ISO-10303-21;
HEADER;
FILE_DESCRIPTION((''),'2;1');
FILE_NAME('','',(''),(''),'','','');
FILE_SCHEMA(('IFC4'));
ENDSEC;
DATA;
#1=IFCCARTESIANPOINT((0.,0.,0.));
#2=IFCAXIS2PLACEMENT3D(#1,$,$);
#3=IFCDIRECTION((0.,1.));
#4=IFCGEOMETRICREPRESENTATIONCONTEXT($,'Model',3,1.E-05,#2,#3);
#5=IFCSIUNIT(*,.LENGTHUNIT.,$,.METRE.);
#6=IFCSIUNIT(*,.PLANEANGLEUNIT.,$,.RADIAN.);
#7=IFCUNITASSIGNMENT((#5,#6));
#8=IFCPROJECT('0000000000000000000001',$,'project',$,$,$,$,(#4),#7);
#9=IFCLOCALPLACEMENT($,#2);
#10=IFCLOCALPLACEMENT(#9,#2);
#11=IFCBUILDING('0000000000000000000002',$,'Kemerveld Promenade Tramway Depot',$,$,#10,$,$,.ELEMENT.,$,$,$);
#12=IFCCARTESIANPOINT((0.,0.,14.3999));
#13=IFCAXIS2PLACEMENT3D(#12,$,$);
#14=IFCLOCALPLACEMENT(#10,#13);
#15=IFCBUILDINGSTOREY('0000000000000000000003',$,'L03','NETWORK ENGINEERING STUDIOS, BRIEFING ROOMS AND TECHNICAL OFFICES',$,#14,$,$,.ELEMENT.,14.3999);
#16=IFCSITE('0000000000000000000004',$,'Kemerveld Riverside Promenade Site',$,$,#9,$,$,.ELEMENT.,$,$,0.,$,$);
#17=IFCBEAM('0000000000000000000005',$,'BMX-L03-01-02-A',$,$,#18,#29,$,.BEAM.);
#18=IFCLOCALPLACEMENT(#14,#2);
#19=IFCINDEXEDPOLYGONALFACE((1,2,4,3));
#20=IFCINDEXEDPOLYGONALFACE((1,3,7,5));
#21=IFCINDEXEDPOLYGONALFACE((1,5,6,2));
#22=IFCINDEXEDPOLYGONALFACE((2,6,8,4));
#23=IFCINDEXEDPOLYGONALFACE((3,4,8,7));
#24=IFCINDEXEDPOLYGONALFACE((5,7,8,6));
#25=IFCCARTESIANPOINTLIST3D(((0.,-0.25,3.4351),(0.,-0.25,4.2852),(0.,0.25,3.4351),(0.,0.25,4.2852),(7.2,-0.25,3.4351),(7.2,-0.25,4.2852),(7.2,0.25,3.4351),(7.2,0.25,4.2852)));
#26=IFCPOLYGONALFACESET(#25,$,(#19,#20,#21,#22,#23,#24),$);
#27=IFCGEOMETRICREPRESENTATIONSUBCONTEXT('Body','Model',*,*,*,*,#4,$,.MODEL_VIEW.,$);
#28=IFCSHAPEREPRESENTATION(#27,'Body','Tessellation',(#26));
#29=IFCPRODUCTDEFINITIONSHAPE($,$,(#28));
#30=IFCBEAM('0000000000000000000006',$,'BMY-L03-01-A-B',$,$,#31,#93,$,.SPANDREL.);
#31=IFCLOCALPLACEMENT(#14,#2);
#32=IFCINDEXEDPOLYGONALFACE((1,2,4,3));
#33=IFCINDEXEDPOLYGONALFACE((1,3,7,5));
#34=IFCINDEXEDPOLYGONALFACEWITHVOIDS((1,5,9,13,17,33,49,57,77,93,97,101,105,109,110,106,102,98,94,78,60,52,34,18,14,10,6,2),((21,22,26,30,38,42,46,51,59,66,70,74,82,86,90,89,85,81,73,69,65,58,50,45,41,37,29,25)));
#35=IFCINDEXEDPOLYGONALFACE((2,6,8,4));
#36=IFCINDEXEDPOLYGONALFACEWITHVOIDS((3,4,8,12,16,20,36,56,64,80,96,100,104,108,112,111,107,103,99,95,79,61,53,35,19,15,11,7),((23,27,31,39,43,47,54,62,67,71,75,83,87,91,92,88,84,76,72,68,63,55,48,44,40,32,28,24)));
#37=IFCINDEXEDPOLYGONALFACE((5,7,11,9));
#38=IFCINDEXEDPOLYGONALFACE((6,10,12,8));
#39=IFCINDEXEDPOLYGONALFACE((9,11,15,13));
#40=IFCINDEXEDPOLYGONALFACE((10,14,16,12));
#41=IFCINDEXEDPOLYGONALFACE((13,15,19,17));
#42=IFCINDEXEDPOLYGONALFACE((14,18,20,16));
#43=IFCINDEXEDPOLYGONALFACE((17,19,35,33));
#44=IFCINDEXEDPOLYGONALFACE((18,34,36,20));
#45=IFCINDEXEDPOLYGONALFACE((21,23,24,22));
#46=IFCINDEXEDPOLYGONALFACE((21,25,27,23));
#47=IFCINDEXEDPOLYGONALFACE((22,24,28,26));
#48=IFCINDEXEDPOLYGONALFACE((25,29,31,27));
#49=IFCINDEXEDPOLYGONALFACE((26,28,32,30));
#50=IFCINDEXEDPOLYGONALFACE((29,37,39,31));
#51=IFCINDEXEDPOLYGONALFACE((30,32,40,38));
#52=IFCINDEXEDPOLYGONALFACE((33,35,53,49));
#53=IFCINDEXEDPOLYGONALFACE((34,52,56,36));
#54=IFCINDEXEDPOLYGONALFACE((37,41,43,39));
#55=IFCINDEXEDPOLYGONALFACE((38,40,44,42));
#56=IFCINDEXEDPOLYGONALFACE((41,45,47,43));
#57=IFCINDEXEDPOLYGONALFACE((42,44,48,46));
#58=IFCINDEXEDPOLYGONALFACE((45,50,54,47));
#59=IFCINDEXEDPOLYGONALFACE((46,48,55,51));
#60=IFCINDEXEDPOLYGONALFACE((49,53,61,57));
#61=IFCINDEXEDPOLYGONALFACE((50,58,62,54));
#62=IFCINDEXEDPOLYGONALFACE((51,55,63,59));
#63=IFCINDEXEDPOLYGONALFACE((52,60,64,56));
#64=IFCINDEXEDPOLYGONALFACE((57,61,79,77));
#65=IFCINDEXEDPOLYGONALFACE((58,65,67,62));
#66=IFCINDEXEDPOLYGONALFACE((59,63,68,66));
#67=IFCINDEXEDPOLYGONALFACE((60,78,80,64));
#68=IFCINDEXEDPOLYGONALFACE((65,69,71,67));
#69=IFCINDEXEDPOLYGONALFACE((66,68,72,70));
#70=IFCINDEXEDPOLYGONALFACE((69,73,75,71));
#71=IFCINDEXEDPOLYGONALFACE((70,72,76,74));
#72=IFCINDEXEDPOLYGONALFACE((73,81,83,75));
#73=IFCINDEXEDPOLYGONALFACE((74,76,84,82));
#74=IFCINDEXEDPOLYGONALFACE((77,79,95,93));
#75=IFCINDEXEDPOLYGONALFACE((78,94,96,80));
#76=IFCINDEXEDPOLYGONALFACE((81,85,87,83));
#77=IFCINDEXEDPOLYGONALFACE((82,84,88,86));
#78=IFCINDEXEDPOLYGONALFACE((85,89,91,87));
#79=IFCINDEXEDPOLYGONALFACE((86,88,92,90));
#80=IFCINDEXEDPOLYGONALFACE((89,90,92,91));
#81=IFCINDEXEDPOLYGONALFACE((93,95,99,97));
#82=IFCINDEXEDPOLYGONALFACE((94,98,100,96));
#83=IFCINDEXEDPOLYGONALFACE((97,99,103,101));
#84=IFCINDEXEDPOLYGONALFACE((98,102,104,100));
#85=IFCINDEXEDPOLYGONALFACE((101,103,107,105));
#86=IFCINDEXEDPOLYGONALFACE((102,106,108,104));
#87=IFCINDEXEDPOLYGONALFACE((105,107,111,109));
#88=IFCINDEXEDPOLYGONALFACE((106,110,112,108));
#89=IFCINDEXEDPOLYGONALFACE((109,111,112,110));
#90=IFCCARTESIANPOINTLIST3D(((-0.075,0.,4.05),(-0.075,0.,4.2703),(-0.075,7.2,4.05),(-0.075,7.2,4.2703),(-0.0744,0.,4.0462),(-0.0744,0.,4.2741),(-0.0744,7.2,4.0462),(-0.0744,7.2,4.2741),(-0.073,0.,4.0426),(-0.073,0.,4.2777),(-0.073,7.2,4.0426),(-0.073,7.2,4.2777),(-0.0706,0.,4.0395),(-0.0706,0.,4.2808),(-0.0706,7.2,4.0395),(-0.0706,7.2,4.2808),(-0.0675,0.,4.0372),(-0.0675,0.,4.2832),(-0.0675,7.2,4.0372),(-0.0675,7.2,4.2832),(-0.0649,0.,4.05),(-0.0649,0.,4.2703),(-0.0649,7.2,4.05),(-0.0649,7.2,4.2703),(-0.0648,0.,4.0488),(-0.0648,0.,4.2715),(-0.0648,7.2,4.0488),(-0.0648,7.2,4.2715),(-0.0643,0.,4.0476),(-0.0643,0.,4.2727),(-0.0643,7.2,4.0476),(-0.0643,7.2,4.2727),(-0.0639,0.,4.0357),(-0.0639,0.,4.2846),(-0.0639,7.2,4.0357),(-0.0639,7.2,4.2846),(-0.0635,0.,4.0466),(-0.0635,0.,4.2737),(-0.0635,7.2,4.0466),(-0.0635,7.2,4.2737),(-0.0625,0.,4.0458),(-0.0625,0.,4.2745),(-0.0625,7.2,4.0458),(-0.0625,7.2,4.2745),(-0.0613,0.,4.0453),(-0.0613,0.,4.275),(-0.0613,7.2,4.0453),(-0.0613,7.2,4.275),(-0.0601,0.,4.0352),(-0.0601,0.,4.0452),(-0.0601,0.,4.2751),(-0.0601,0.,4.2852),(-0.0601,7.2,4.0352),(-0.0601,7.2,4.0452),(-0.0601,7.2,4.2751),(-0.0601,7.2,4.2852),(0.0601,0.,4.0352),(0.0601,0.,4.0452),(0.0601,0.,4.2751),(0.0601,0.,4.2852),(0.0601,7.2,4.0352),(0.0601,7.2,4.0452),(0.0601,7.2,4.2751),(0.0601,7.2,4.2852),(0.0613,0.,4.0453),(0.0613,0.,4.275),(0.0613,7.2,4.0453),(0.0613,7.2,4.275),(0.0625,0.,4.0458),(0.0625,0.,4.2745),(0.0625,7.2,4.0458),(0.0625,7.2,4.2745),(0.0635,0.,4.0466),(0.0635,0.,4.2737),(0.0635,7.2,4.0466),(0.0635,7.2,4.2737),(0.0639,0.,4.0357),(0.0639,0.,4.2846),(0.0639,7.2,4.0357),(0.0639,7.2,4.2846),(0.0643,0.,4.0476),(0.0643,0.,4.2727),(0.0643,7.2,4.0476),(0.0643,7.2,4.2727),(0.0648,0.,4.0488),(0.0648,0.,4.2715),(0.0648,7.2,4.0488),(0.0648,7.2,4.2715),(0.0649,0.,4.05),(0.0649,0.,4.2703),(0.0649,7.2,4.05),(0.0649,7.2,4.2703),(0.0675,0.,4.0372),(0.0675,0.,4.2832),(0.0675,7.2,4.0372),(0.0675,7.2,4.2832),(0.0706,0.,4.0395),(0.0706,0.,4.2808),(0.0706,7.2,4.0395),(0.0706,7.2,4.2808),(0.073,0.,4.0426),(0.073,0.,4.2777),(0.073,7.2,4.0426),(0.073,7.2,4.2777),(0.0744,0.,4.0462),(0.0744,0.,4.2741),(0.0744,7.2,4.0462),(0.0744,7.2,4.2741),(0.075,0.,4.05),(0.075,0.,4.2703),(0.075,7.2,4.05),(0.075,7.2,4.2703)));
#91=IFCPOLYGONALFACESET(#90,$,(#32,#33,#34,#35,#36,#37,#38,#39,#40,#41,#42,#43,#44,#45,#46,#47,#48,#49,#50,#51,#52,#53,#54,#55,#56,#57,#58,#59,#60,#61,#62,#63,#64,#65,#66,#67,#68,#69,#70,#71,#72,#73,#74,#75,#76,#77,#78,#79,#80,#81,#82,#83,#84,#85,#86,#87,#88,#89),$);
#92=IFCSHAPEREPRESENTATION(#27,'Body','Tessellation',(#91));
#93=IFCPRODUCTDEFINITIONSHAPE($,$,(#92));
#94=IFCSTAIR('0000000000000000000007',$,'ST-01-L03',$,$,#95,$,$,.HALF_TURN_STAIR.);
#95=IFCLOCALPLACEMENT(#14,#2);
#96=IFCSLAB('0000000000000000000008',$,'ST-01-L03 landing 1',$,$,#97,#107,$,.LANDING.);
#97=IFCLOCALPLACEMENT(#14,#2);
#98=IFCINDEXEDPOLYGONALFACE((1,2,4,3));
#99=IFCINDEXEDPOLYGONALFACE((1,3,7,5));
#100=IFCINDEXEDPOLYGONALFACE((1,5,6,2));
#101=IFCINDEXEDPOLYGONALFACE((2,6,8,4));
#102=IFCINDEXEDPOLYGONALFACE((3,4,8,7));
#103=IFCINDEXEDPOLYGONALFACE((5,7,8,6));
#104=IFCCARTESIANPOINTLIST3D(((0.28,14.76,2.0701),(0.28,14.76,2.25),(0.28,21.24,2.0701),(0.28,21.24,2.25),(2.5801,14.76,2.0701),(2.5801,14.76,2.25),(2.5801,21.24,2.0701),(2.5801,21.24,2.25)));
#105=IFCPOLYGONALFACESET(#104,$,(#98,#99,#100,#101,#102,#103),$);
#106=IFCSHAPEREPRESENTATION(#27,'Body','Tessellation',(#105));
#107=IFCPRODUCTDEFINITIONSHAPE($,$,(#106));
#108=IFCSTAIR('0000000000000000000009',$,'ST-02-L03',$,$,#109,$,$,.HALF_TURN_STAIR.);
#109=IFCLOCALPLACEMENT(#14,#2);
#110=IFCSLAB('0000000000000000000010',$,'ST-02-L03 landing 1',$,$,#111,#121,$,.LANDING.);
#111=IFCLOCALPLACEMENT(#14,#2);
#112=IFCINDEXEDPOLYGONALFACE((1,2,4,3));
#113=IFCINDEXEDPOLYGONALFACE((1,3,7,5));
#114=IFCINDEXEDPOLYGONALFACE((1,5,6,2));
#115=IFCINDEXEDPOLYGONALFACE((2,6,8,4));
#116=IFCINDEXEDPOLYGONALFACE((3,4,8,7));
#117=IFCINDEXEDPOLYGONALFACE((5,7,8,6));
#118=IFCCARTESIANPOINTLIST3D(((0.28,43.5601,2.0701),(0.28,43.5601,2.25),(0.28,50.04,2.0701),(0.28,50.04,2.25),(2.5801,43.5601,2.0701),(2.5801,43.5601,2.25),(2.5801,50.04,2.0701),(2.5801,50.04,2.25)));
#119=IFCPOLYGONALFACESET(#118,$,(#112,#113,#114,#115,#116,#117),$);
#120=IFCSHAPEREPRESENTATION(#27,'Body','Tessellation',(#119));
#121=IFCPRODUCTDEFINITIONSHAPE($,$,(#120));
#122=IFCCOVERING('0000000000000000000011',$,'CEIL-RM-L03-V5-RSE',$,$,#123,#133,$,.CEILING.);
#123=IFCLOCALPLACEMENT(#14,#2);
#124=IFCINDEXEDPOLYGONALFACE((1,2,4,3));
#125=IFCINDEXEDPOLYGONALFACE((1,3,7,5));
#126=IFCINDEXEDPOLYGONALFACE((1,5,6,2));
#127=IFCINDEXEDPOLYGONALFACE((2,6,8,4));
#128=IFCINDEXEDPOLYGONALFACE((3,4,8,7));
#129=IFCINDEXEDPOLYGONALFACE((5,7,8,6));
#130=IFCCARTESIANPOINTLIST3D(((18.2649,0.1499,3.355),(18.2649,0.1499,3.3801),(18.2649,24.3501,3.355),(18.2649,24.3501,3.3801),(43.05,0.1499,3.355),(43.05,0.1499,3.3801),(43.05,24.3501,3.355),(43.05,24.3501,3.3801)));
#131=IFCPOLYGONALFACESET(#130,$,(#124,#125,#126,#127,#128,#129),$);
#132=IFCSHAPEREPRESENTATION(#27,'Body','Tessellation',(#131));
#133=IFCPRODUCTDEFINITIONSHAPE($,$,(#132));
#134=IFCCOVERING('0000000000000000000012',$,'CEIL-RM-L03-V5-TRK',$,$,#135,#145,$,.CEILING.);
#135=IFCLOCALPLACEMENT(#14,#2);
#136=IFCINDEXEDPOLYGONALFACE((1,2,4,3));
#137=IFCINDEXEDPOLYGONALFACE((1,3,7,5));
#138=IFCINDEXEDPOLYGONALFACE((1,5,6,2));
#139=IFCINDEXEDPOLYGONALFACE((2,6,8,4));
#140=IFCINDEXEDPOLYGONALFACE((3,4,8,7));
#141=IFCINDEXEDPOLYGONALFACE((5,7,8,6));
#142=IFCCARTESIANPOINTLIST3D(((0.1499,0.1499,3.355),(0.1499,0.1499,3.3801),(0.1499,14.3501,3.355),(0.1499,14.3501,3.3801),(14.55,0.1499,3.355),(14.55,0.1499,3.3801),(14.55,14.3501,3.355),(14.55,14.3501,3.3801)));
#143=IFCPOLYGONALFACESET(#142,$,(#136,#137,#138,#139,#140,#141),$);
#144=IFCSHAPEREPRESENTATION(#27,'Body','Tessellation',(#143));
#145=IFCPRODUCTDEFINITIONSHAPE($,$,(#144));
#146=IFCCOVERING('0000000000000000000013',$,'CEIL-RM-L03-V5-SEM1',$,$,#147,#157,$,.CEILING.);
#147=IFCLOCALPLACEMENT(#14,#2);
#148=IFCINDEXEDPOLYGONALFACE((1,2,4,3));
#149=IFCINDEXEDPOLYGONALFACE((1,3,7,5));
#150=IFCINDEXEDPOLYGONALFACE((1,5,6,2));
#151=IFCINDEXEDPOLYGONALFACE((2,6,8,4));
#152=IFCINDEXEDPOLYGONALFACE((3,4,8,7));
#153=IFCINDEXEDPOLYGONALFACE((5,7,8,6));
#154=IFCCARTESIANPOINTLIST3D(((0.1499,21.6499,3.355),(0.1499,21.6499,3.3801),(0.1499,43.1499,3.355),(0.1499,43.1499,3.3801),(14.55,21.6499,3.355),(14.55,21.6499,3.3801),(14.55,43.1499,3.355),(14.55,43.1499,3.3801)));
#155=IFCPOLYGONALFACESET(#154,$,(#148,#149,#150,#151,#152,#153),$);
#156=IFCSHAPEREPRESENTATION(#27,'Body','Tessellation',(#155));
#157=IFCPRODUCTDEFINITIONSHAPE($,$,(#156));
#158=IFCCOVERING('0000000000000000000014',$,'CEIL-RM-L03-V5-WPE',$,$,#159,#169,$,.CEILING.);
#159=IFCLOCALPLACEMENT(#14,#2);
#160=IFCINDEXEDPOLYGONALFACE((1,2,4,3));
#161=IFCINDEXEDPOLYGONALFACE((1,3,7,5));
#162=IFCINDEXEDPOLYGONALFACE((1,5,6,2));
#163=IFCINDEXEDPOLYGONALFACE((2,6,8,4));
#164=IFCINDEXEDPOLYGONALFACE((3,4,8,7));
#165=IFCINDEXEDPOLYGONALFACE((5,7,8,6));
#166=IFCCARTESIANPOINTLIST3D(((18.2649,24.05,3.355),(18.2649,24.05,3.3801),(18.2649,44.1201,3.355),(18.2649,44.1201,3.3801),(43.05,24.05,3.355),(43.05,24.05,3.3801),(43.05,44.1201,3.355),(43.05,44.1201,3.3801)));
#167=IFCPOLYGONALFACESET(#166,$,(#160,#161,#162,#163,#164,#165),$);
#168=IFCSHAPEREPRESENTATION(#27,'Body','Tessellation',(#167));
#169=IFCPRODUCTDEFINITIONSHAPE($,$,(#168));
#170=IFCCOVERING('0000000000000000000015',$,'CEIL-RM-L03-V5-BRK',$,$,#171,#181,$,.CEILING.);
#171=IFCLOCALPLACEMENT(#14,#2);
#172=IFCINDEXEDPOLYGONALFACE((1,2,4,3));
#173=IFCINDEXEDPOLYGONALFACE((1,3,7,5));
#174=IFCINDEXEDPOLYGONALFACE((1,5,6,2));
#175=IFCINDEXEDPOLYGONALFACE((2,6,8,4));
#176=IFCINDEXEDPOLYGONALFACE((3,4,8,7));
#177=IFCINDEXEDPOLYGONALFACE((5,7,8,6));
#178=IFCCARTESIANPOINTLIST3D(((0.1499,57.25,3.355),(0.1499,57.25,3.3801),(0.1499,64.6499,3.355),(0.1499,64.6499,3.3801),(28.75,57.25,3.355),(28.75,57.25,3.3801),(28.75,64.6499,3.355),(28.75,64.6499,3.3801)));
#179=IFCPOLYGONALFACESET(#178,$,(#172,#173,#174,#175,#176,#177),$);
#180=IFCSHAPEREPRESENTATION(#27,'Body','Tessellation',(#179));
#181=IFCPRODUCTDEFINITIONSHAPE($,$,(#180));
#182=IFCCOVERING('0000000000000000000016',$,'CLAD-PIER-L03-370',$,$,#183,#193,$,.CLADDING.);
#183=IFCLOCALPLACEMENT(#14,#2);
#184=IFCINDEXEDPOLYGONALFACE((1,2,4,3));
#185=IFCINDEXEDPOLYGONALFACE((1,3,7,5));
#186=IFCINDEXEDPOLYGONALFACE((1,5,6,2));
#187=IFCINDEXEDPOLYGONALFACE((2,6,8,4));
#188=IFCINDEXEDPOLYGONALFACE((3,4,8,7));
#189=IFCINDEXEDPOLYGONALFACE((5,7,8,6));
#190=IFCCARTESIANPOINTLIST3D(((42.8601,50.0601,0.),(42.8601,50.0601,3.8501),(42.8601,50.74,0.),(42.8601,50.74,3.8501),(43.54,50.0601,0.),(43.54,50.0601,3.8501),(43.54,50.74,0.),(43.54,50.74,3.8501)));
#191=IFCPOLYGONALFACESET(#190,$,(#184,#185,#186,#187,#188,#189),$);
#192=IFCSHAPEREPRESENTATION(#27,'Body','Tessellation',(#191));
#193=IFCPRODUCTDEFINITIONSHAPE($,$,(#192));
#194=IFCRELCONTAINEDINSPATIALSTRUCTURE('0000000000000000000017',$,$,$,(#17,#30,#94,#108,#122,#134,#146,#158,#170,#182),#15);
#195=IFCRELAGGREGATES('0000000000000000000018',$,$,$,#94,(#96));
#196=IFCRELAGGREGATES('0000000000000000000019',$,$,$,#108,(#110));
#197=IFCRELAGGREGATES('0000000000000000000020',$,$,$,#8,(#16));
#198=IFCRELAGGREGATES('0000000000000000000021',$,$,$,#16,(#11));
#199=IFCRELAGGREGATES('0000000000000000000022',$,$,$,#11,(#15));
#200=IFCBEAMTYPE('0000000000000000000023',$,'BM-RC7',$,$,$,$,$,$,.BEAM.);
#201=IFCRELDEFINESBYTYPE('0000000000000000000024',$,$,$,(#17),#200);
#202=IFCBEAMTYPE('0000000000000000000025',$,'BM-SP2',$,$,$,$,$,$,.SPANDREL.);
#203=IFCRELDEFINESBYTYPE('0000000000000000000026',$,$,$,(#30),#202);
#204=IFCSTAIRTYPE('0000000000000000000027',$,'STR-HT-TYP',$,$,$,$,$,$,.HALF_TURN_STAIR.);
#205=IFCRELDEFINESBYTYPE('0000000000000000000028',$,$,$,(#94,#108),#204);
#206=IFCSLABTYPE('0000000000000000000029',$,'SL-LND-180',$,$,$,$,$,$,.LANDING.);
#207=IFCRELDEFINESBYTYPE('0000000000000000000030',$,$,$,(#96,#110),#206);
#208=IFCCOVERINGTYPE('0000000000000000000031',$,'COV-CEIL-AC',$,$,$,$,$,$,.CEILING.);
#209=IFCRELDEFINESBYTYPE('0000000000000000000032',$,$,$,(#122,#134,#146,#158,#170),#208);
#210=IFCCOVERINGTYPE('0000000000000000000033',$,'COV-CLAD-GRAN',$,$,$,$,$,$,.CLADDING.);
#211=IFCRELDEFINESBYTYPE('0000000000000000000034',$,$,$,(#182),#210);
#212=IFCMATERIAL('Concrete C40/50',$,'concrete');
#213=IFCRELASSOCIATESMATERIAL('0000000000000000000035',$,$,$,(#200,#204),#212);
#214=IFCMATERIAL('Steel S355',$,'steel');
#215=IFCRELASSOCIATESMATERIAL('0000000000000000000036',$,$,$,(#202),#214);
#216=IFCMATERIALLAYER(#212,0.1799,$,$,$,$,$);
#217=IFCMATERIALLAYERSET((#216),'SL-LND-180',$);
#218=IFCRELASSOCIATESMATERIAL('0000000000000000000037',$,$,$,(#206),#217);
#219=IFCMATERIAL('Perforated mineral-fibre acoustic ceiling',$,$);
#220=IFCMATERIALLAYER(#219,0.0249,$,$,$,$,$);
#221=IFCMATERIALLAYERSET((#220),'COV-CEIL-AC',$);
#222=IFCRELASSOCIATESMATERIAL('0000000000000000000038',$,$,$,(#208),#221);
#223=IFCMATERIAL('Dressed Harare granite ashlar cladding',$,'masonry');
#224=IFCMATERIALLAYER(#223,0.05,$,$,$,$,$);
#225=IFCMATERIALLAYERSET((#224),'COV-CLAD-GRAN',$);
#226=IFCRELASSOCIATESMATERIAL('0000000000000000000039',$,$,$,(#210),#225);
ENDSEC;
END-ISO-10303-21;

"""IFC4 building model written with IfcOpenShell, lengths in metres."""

from ifc_helpers import new_model, si_unit, direction, frame, origin, origin_2d, place, context, subcontext, project, spatial, polyline, rectangle, hollow_rectangle, outline, extrude, material, layer, layer_set, material_profile, profile_set, type_object, element, aggregate, save


model = new_model("IFC4")

# Units and contexts
model_context = context("Model", 3, precision=1e-05, world=origin(), true_north=direction((0.0, 1.0)))
body_context = subcontext(model_context, "Body", "Model", "MODEL_VIEW")
ifc_project = project(units=[si_unit("LENGTHUNIT", "METRE"), si_unit("PLANEANGLEUNIT", "RADIAN")], contexts=[model_context])

# Site, building, storey
site_placement = place(None, origin())
site = spatial("IfcSite", under=ifc_project, at=site_placement, Name="Kemerveld Riverside Promenade Site", CompositionType="ELEMENT", RefElevation=0.0)
building_placement = place(site_placement, origin())
building = spatial("IfcBuilding", under=site, at=building_placement, Name="Kemerveld Promenade Tramway Depot", CompositionType="ELEMENT")
storey_placement = place(building_placement, frame((0.0, 0.0, 14.3999)))
storey = spatial("IfcBuildingStorey", under=building, at=storey_placement, Name="L03", Description="NETWORK ENGINEERING STUDIOS, BRIEFING ROOMS AND TECHNICAL OFFICES", CompositionType="ELEMENT", Elevation=14.3999)

# Beams
ifc_material_1 = material(Name="Concrete C40/50", Category="concrete")
ifc_material_profile_1 = material_profile(ifc_material_1, rectangle(XDim=0.5, YDim=0.8501, at=origin_2d()), Name="RC-BM-500x850")
ifc_profile_set_1 = profile_set([ifc_material_profile_1], Name="Concrete C40/50")
beam_type_1 = type_object("IfcBeamType", Name="BM-RC7", PredefinedType="BEAM", material=ifc_profile_set_1)
beam_1_placement = place(storey_placement, frame((0.0, 0.0, 3.8601), z_axis=(1.0, 0.0, 0.0), x_axis=(0.0, 1.0, 0.0)))
element("IfcBeam", 1, at=beam_1_placement, inside=storey, type_object=beam_type_1, Name="BMX-L03-01-02-A", PredefinedType="BEAM", context=body_context, shape_type="SweptSolid", body=[
    extrude(rectangle(XDim=0.5, YDim=0.8501, at=origin_2d()), origin(), (0.0, 0.0, 1.0), 7.2),
])
ifc_material_2 = material(Name="Steel S355", Category="steel")
ifc_material_profile_2 = material_profile(ifc_material_2, hollow_rectangle(XDim=0.1499, YDim=0.25, WallThickness=0.01, InnerFilletRadius=0.0049, OuterFilletRadius=0.0149, at=origin_2d()), Name="250x150x10.0 RHS")
ifc_profile_set_2 = profile_set([ifc_material_profile_2], Name="Steel S355")
beam_type_2 = type_object("IfcBeamType", Name="BM-SP2", PredefinedType="SPANDREL", material=ifc_profile_set_2)
beam_2_placement = place(storey_placement, frame((0.0, 0.0, 4.1602), z_axis=(0.0, 1.0, 0.0), x_axis=(-1.0, 0.0, 0.0)))
element("IfcBeam", 2, at=beam_2_placement, inside=storey, type_object=beam_type_2, Name="BMY-L03-01-A-B", PredefinedType="SPANDREL", context=body_context, shape_type="SweptSolid", body=[
    extrude(hollow_rectangle(XDim=0.1499, YDim=0.25, WallThickness=0.01, InnerFilletRadius=0.0049, OuterFilletRadius=0.0149, at=origin_2d()), origin(), (0.0, 0.0, 1.0), 7.2),
])

# Stairs, slabs
stair_type = type_object("IfcStairType", Name="STR-HT-TYP", PredefinedType="HALF_TURN_STAIR", material=ifc_material_1)
stair_1_placement = place(storey_placement, origin())
stair_1 = element("IfcStair", 3, at=stair_1_placement, inside=storey, type_object=stair_type, Name="ST-01-L03", PredefinedType="HALF_TURN_STAIR")
ifc_layer_1 = layer(ifc_material_1, 0.1799)
ifc_layer_set_1 = layer_set([ifc_layer_1], Name="SL-LND-180")
slab_type = type_object("IfcSlabType", Name="SL-LND-180", PredefinedType="LANDING", material=ifc_layer_set_1)
slab_1_placement = place(storey_placement, frame((0.0, 0.0, 2.0701)))
slab_1 = element("IfcSlab", 4, at=slab_1_placement, type_object=slab_type, Name="ST-01-L03 landing 1", PredefinedType="LANDING", context=body_context, shape_type="SweptSolid", body=[
    extrude(outline(polyline([(0.28, 14.76), (2.5801, 14.76), (2.5801, 21.24), (0.28, 21.24), (0.28, 14.76)])), origin(), (0.0, 0.0, 1.0), 0.1799),
])
aggregate(stair_1, [slab_1])
stair_2_placement = place(storey_placement, origin())
stair_2 = element("IfcStair", 5, at=stair_2_placement, inside=storey, type_object=stair_type, Name="ST-02-L03", PredefinedType="HALF_TURN_STAIR")
slab_2_placement = place(storey_placement, frame((0.0, 0.0, 2.0701)))
slab_2 = element("IfcSlab", 6, at=slab_2_placement, type_object=slab_type, Name="ST-02-L03 landing 1", PredefinedType="LANDING", context=body_context, shape_type="SweptSolid", body=[
    extrude(outline(polyline([(0.28, 43.5601), (2.5801, 43.5601), (2.5801, 50.04), (0.28, 50.04), (0.28, 43.5601)])), origin(), (0.0, 0.0, 1.0), 0.1799),
])
aggregate(stair_2, [slab_2])

# Coverings
ifc_material_3 = material(Name="Perforated mineral-fibre acoustic ceiling")
ifc_layer_2 = layer(ifc_material_3, 0.0249)
ifc_layer_set_2 = layer_set([ifc_layer_2], Name="COV-CEIL-AC")
covering_type_1 = type_object("IfcCoveringType", Name="COV-CEIL-AC", PredefinedType="CEILING", material=ifc_layer_set_2)
covering_1_placement = place(storey_placement, frame((0.0, 0.0, 3.355)))
element("IfcCovering", 7, at=covering_1_placement, inside=storey, type_object=covering_type_1, Name="CEIL-RM-L03-V5-RSE", PredefinedType="CEILING", context=body_context, shape_type="SweptSolid", body=[
    extrude(outline(polyline([(18.2649, 0.1499), (43.05, 0.1499), (43.05, 24.3501), (18.2649, 24.3501), (18.2649, 0.1499)])), origin(), (0.0, 0.0, 1.0), 0.0251),
])
covering_2_placement = place(storey_placement, frame((0.0, 0.0, 3.355)))
element("IfcCovering", 8, at=covering_2_placement, inside=storey, type_object=covering_type_1, Name="CEIL-RM-L03-V5-TRK", PredefinedType="CEILING", context=body_context, shape_type="SweptSolid", body=[
    extrude(outline(polyline([(0.1499, 0.1499), (14.55, 0.1499), (14.55, 14.3501), (0.1499, 14.3501), (0.1499, 0.1499)])), origin(), (0.0, 0.0, 1.0), 0.0251),
])
covering_3_placement = place(storey_placement, frame((0.0, 0.0, 3.355)))
element("IfcCovering", 9, at=covering_3_placement, inside=storey, type_object=covering_type_1, Name="CEIL-RM-L03-V5-SEM1", PredefinedType="CEILING", context=body_context, shape_type="SweptSolid", body=[
    extrude(outline(polyline([(0.1499, 21.6499), (14.55, 21.6499), (14.55, 43.1499), (0.1499, 43.1499), (0.1499, 21.6499)])), origin(), (0.0, 0.0, 1.0), 0.0251),
])
covering_4_placement = place(storey_placement, frame((0.0, 0.0, 3.355)))
element("IfcCovering", 10, at=covering_4_placement, inside=storey, type_object=covering_type_1, Name="CEIL-RM-L03-V5-WPE", PredefinedType="CEILING", context=body_context, shape_type="SweptSolid", body=[
    extrude(outline(polyline([(18.2649, 24.05), (43.05, 24.05), (43.05, 44.1201), (18.2649, 44.1201), (18.2649, 24.05)])), origin(), (0.0, 0.0, 1.0), 0.0251),
])
covering_5_placement = place(storey_placement, frame((0.0, 0.0, 3.355)))
element("IfcCovering", 11, at=covering_5_placement, inside=storey, type_object=covering_type_1, Name="CEIL-RM-L03-V5-BRK", PredefinedType="CEILING", context=body_context, shape_type="SweptSolid", body=[
    extrude(outline(polyline([(0.1499, 57.25), (28.75, 57.25), (28.75, 64.6499), (0.1499, 64.6499), (0.1499, 57.25)])), origin(), (0.0, 0.0, 1.0), 0.0251),
])
ifc_material_4 = material(Name="Dressed Harare granite ashlar cladding", Category="masonry")
ifc_layer_3 = layer(ifc_material_4, 0.05)
ifc_layer_set_3 = layer_set([ifc_layer_3], Name="COV-CLAD-GRAN")
covering_type_2 = type_object("IfcCoveringType", Name="COV-CLAD-GRAN", PredefinedType="CLADDING", material=ifc_layer_set_3)
covering_6_placement = place(storey_placement, origin())
element("IfcCovering", 12, at=covering_6_placement, inside=storey, type_object=covering_type_2, Name="CLAD-PIER-L03-370", PredefinedType="CLADDING", context=body_context, shape_type="SweptSolid", body=[
    extrude(outline(polyline([(42.8601, 50.0601), (43.54, 50.0601), (43.54, 50.74), (42.8601, 50.74), (42.8601, 50.0601)])), origin(), (0.0, 0.0, 1.0), 3.8501),
])

save(model, "model.ifc")
